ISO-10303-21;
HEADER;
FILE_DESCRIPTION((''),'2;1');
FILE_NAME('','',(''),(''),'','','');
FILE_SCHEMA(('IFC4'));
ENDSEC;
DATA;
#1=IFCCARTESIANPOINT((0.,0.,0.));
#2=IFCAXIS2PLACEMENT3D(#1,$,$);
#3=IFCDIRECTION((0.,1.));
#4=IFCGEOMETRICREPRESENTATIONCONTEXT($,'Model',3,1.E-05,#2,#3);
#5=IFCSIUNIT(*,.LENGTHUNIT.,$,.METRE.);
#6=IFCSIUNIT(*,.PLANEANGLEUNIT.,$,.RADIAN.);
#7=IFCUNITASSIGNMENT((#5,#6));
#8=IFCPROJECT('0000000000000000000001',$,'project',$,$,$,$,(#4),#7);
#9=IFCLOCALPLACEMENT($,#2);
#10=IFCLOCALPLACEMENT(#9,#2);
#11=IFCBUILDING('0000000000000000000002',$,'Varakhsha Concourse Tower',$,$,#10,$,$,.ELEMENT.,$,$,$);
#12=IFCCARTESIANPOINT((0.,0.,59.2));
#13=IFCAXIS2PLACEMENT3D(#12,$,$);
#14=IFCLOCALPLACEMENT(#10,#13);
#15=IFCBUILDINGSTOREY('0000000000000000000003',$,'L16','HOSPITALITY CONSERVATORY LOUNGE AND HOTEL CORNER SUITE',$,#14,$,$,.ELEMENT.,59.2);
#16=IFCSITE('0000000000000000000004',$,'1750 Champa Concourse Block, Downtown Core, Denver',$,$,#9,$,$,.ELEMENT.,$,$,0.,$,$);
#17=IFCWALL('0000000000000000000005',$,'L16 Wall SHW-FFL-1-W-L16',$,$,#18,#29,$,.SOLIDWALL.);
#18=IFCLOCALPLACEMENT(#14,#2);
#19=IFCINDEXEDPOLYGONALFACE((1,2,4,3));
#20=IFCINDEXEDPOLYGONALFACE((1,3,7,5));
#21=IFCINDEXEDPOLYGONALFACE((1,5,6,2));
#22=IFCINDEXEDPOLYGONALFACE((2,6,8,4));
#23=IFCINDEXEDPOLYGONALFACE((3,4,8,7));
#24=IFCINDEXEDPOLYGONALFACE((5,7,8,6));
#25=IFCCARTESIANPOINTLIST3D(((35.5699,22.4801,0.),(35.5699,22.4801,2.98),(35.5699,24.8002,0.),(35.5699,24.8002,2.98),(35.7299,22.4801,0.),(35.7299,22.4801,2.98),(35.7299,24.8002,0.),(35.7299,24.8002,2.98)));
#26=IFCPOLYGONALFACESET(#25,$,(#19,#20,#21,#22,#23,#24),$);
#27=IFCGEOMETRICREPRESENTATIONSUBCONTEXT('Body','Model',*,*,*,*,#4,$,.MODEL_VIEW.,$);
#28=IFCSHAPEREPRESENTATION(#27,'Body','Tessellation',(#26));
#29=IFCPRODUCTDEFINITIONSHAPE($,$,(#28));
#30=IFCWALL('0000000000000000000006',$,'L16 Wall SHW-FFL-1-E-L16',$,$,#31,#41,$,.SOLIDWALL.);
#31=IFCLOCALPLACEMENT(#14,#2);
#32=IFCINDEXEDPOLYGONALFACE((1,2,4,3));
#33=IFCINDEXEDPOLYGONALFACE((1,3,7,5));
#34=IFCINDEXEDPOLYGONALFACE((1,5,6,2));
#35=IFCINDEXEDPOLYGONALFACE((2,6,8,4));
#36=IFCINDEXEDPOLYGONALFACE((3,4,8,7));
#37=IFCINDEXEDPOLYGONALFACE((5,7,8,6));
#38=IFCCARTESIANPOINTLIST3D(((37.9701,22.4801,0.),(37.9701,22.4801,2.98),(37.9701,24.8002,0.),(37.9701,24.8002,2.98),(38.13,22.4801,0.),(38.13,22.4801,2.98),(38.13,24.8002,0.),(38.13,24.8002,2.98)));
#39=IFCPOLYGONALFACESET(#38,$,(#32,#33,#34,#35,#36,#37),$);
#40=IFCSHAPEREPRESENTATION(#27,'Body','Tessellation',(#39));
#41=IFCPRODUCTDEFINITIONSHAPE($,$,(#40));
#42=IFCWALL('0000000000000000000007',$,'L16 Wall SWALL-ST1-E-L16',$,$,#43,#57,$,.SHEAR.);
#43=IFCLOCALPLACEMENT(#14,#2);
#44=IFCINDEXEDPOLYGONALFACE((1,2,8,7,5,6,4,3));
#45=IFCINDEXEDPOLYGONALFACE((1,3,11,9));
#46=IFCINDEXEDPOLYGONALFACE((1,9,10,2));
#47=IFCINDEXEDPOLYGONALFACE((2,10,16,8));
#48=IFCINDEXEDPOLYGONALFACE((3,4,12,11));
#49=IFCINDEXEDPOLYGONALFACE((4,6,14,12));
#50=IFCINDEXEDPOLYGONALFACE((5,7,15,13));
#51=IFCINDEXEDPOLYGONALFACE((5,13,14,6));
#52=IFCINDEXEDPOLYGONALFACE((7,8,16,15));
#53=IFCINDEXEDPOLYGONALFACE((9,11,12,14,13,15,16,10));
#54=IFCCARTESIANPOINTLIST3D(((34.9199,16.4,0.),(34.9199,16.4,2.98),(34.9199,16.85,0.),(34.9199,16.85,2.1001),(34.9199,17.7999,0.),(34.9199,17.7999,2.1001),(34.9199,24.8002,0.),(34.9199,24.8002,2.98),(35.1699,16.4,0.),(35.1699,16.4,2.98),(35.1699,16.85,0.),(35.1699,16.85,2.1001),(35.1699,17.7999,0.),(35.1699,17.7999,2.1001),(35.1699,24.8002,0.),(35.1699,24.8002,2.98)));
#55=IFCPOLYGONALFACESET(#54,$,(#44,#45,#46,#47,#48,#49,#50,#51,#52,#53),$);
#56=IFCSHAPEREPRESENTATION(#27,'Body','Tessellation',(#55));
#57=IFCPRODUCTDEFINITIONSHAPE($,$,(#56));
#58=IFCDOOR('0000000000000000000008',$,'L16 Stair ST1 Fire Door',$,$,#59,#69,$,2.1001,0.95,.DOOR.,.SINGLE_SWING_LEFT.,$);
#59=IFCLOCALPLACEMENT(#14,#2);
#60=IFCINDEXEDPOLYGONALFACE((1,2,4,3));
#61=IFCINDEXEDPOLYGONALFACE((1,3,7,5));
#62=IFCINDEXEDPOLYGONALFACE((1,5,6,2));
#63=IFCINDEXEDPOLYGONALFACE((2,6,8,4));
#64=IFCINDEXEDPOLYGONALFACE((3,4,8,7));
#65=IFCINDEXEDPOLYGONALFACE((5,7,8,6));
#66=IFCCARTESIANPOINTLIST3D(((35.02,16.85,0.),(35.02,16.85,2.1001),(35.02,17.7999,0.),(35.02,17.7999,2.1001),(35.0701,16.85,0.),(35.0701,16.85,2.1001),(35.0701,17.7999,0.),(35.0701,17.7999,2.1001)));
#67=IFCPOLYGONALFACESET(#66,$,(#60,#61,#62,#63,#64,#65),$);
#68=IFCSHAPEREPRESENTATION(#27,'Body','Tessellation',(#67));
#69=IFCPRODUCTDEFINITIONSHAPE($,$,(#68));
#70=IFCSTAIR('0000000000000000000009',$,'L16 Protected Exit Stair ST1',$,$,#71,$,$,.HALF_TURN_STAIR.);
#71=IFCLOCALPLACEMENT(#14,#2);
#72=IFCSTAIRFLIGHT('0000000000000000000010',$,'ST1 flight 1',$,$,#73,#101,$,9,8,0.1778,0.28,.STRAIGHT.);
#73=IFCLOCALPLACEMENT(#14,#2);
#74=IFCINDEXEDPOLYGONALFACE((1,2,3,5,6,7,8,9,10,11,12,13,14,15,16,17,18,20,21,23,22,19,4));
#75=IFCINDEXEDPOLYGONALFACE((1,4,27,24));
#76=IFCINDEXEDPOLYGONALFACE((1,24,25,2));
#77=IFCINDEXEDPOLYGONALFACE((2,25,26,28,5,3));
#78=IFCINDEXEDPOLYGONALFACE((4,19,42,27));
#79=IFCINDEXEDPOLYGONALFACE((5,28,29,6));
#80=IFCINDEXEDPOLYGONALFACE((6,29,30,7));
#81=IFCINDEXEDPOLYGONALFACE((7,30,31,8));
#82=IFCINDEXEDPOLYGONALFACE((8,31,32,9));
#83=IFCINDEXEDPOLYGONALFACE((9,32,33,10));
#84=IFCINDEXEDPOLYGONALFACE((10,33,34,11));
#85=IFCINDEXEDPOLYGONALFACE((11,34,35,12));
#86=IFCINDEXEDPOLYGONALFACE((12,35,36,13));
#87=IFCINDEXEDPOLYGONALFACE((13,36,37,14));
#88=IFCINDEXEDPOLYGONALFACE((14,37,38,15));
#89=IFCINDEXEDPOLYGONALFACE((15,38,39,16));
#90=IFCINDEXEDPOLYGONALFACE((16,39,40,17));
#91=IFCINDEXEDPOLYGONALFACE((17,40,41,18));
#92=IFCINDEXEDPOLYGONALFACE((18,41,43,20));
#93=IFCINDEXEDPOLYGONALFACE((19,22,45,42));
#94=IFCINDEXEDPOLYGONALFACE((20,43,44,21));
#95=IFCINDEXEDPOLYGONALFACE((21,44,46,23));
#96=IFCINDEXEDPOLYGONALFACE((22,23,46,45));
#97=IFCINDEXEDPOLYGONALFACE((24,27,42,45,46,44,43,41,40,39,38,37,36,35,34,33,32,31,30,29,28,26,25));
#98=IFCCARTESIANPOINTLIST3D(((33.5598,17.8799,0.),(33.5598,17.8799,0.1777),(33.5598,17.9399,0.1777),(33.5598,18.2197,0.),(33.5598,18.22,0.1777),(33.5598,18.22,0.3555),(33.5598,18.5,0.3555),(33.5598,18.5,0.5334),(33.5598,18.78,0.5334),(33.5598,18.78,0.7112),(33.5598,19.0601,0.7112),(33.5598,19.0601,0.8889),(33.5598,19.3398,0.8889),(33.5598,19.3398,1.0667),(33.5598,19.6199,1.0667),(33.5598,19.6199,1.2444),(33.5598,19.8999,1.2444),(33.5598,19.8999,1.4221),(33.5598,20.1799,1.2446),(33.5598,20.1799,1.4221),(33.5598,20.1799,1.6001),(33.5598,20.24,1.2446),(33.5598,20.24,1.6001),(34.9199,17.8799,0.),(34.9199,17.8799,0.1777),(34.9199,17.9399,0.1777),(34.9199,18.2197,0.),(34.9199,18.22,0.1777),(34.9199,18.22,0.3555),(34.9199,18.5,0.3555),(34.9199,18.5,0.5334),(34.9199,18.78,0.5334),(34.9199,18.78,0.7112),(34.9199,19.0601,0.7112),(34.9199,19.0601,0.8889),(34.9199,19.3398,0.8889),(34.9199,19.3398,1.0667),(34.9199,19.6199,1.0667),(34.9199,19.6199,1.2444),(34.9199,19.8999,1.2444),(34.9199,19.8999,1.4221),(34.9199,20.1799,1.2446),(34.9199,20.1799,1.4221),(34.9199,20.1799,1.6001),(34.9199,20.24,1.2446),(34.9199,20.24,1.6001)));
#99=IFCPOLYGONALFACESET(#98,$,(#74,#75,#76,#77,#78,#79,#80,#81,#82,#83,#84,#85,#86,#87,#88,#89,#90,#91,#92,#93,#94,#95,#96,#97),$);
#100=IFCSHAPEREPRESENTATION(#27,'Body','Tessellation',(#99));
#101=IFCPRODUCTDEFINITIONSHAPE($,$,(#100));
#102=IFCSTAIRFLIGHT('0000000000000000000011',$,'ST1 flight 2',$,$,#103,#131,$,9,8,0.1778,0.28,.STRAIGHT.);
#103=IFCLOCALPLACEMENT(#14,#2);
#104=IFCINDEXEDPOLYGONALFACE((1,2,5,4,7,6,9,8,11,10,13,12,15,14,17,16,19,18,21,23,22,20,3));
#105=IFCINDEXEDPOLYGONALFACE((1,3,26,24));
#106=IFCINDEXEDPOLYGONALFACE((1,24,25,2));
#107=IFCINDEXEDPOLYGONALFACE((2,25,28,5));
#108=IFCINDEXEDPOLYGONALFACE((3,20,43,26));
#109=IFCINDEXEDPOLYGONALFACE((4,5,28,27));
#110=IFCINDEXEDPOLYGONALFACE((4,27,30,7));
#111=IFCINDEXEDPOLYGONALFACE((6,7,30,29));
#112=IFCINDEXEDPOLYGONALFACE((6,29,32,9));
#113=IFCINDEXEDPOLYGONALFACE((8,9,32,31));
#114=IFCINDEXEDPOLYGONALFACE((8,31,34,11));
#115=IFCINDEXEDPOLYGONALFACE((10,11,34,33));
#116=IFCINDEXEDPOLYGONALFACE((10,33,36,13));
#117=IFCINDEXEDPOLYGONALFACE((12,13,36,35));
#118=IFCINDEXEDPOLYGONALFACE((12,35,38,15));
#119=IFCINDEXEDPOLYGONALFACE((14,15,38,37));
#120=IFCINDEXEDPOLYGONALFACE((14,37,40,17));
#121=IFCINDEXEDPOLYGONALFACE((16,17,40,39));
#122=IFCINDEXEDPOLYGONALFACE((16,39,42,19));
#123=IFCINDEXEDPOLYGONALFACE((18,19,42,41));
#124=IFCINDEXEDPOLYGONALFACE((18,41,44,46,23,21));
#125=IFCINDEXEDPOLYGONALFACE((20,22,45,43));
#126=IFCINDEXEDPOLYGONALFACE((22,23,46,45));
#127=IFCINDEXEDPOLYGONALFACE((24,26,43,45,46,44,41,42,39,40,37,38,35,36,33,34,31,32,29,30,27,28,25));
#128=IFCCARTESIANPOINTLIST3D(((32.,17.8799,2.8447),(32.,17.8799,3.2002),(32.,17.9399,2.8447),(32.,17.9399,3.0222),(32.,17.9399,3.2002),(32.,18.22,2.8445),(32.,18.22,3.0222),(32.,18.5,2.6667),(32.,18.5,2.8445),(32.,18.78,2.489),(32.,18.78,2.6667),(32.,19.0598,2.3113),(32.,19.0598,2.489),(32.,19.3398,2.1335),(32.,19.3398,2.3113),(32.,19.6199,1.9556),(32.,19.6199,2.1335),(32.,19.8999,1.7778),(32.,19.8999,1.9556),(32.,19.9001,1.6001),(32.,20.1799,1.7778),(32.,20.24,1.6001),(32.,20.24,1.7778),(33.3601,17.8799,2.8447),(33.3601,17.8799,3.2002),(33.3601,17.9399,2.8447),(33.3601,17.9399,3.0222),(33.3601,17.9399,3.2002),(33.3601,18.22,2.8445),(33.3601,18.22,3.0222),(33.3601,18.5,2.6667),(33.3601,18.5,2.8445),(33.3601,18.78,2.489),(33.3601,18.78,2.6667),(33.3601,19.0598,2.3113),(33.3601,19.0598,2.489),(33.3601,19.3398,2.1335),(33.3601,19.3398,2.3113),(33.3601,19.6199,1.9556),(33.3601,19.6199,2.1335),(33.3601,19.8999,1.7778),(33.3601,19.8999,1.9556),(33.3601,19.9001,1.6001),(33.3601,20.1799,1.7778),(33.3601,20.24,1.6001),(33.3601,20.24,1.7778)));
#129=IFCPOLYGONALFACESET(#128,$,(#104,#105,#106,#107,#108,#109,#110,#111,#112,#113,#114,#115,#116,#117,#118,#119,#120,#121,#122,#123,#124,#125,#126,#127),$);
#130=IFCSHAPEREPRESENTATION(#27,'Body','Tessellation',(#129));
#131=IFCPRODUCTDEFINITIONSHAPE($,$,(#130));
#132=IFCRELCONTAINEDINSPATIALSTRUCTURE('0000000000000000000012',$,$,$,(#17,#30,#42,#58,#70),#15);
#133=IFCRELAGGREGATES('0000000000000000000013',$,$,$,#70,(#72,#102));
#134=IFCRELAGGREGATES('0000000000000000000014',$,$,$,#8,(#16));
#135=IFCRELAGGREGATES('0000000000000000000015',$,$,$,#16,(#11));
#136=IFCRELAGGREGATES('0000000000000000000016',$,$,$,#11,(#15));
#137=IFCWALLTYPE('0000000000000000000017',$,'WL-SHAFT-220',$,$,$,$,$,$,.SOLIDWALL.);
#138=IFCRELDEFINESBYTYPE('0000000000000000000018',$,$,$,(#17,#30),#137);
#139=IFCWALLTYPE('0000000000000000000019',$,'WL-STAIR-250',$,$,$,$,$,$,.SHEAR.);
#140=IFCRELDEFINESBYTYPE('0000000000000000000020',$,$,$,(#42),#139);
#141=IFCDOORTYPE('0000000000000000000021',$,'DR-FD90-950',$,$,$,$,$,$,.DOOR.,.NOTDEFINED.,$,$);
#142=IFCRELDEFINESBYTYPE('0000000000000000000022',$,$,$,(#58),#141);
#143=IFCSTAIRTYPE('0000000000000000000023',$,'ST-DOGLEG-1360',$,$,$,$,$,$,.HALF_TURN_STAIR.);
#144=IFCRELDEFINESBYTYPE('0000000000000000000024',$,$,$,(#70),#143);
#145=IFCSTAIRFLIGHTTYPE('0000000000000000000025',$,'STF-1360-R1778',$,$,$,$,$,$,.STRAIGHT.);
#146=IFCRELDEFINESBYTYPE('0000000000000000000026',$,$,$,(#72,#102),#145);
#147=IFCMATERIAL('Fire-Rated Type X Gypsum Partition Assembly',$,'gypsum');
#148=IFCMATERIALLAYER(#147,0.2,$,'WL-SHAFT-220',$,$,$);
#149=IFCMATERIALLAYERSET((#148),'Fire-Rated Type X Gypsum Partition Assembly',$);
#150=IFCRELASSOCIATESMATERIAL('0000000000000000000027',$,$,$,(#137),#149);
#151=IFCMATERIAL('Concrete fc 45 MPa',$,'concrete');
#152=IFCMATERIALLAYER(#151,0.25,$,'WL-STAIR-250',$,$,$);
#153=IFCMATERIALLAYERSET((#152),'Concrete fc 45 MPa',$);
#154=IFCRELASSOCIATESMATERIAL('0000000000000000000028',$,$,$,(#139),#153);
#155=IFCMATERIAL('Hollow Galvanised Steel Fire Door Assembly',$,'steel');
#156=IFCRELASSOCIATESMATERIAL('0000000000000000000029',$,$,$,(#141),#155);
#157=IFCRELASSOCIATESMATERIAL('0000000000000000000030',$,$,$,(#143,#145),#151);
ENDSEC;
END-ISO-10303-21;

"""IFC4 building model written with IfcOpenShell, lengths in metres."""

from ifc_helpers import new_model, si_unit, direction, frame, frame_2d, origin, place, context, subcontext, project, spatial, polyline, rectangle, outline, extrude, material, layer, layer_set, type_object, element, fill, aggregate, save


model = new_model("IFC4")

# Units and contexts
model_context = context("Model", 3, precision=1e-05, world=origin(), true_north=direction((0.0, 1.0)))
body_context = subcontext(model_context, "Body", "Model", "MODEL_VIEW")
ifc_project = project(units=[si_unit("LENGTHUNIT", "METRE"), si_unit("PLANEANGLEUNIT", "RADIAN")], contexts=[model_context])

# Site, building, storey
site_placement = place(None, origin())
site = spatial("IfcSite", under=ifc_project, at=site_placement, Name="1750 Champa Concourse Block, Downtown Core, Denver", CompositionType="ELEMENT", RefElevation=0.0)
building_placement = place(site_placement, origin())
building = spatial("IfcBuilding", under=site, at=building_placement, Name="Varakhsha Concourse Tower", CompositionType="ELEMENT")
storey_placement = place(building_placement, frame((0.0, 0.0, 59.2)))
storey = spatial("IfcBuildingStorey", under=building, at=storey_placement, Name="L16", Description="HOSPITALITY CONSERVATORY LOUNGE AND HOTEL CORNER SUITE", CompositionType="ELEMENT", Elevation=59.2)

# Shared definitions
ifc_material_1 = material(Name="Hollow Galvanised Steel Fire Door Assembly", Category="steel")

# Shared definitions
ifc_material_2 = material(Name="Fire-Rated Type X Gypsum Partition Assembly", Category="gypsum")

# Shared definitions
ifc_layer_1 = layer(ifc_material_2, 0.2, Name="WL-SHAFT-220")
ifc_layer_set_1 = layer_set([ifc_layer_1], Name="Fire-Rated Type X Gypsum Partition Assembly")
wall_type_1 = type_object("IfcWallType", Name="WL-SHAFT-220", PredefinedType="SOLIDWALL", material=ifc_layer_set_1)

# Walls
for number, where, z_axis, x_axis, name in (
    (1, (35.6499, 22.48, 0.0), (0.0, 0.0, 1.0), (0.0, 1.0, 0.0), "L16 Wall SHW-FFL-1-W-L16"),
    (2, (38.05, 22.48, 0.0), (0.0, 0.0, 1.0), (0.0, 1.0, 0.0), "L16 Wall SHW-FFL-1-E-L16"),
):
    element("IfcWall", number, at=place(storey_placement, frame(where, z_axis=z_axis, x_axis=x_axis)), inside=storey, type_object=wall_type_1, Name=name, PredefinedType="SOLIDWALL", context=body_context, shape_type="SweptSolid", body=[
        extrude(rectangle(XDim=2.3201, YDim=0.1599, at=frame_2d((1.1602, 0.0))), origin(), (0.0, 0.0, 1.0), 2.98),
    ])

# Wall, opening, door
ifc_material_3 = material(Name="Concrete fc 45 MPa", Category="concrete")
ifc_layer_2 = layer(ifc_material_3, 0.25, Name="WL-STAIR-250")
ifc_layer_set_2 = layer_set([ifc_layer_2], Name="Concrete fc 45 MPa")
wall_type_2 = type_object("IfcWallType", Name="WL-STAIR-250", PredefinedType="SHEAR", material=ifc_layer_set_2)
wall_1_placement = place(storey_placement, frame((35.0449, 16.3999, 0.0), z_axis=(0.0, 0.0, 1.0), x_axis=(0.0, 1.0, 0.0)))
wall_1 = element("IfcWall", 3, at=wall_1_placement, inside=storey, type_object=wall_type_2, Name="L16 Wall SWALL-ST1-E-L16", PredefinedType="SHEAR", context=body_context, shape_type="SweptSolid", body=[
    extrude(rectangle(XDim=8.4001, YDim=0.25, at=frame_2d((4.2002, 0.0))), origin(), (0.0, 0.0, 1.0), 2.98),
])
opening_1_placement = place(wall_1_placement, frame((0.45, 0.0, 0.0)))
opening_1 = element("IfcOpeningElement", 4, at=opening_1_placement, cuts=wall_1, PredefinedType="OPENING", context=body_context, shape_type="SweptSolid", body=[
    extrude(rectangle(XDim=0.95, YDim=2.1001, at=frame_2d((0.4751, 1.05))), frame((0.0, 0.135, 0.0), z_axis=(0.0, -1.0, 0.0), x_axis=(1.0, 0.0, 0.0)), (0.0, 0.0, 1.0), 0.27),
])
door_type_1 = type_object("IfcDoorType", Name="DR-FD90-950", OperationType="NOTDEFINED", PredefinedType="DOOR", material=ifc_material_1)
door_1_placement = place(opening_1_placement, origin())
door_1 = element("IfcDoor", 5, at=door_1_placement, inside=storey, type_object=door_type_1, Name="L16 Stair ST1 Fire Door", OperationType="SINGLE_SWING_LEFT", OverallHeight=2.1001, OverallWidth=0.95, PredefinedType="DOOR", context=body_context, shape_type="SweptSolid", body=[
    extrude(rectangle(XDim=0.95, YDim=2.1001, at=frame_2d((0.4751, 1.05))), frame((0.0, 0.0249, 0.0), z_axis=(0.0, -1.0, 0.0), x_axis=(1.0, 0.0, 0.0)), (0.0, 0.0, 1.0), 0.05),
])
fill(opening_1, door_1)

# Stair, stair flights
stair_type = type_object("IfcStairType", Name="ST-DOGLEG-1360", PredefinedType="HALF_TURN_STAIR", material=ifc_material_3)
stair_placement = place(storey_placement, origin())
stair = element("IfcStair", 6, at=stair_placement, inside=storey, type_object=stair_type, Name="L16 Protected Exit Stair ST1", PredefinedType="HALF_TURN_STAIR")
stair_flight_type = type_object("IfcStairFlightType", Name="STF-1360-R1778", PredefinedType="STRAIGHT", material=ifc_material_3)
stair_flight_1_placement = place(storey_placement, frame((34.24, 17.9399, 0.0), z_axis=(0.0, 0.0, 1.0), x_axis=(0.0, 1.0, 0.0)))
stair_flight_1 = element("IfcStairFlight", 7, at=stair_flight_1_placement, type_object=stair_flight_type, Name="ST1 flight 1", NumberOfRisers=9, NumberOfTreads=8, PredefinedType="STRAIGHT", RiserHeight=0.1778, TreadLength=0.28, context=body_context, shape_type="SweptSolid", body=[
    extrude(outline(polyline([(-0.0601, 0.0), (-0.0601, 0.1777), (0.0, 0.1777), (0.28, 0.1777), (0.28, 0.3555), (0.5601, 0.3555), (0.5601, 0.5334), (0.8401, 0.5334), (0.8401, 0.7112), (1.1201, 0.7112), (1.1201, 0.8889), (1.3999, 0.8889), (1.3999, 1.0667), (1.6799, 1.0667), (1.6799, 1.2444), (1.96, 1.2444), (1.96, 1.4221), (2.24, 1.4221), (2.24, 1.6001), (2.3, 1.6001), (2.3, 1.2446), (2.24, 1.2446), (0.2798, 0.0), (-0.0601, 0.0)])), frame((0.0, 0.6802, 0.0), z_axis=(0.0, -1.0, 0.0), x_axis=(1.0, 0.0, 0.0)), (0.0, 0.0, 1.0), 1.3601),
])
stair_flight_2_placement = place(storey_placement, frame((32.6799, 20.1799, 1.6001), z_axis=(0.0, 0.0, 1.0), x_axis=(0.0, -1.0, 0.0)))
stair_flight_2 = element("IfcStairFlight", 8, at=stair_flight_2_placement, type_object=stair_flight_type, Name="ST1 flight 2", NumberOfRisers=9, NumberOfTreads=8, PredefinedType="STRAIGHT", RiserHeight=0.1778, TreadLength=0.28, context=body_context, shape_type="SweptSolid", body=[
    extrude(outline(polyline([(-0.0601, 0.0), (-0.0601, 0.1777), (0.0, 0.1777), (0.28, 0.1777), (0.28, 0.3555), (0.5601, 0.3555), (0.5601, 0.5334), (0.8401, 0.5334), (0.8401, 0.7112), (1.1201, 0.7112), (1.1201, 0.8889), (1.3999, 0.8889), (1.3999, 1.0667), (1.6799, 1.0667), (1.6799, 1.2444), (1.96, 1.2444), (1.96, 1.4221), (2.24, 1.4221), (2.24, 1.6001), (2.3, 1.6001), (2.3, 1.2446), (2.24, 1.2446), (0.2798, 0.0), (-0.0601, 0.0)])), frame((0.0, 0.6802, 0.0), z_axis=(0.0, -1.0, 0.0), x_axis=(1.0, 0.0, 0.0)), (0.0, 0.0, 1.0), 1.3601),
])
aggregate(stair, [stair_flight_1, stair_flight_2])

save(model, "model.ifc")
